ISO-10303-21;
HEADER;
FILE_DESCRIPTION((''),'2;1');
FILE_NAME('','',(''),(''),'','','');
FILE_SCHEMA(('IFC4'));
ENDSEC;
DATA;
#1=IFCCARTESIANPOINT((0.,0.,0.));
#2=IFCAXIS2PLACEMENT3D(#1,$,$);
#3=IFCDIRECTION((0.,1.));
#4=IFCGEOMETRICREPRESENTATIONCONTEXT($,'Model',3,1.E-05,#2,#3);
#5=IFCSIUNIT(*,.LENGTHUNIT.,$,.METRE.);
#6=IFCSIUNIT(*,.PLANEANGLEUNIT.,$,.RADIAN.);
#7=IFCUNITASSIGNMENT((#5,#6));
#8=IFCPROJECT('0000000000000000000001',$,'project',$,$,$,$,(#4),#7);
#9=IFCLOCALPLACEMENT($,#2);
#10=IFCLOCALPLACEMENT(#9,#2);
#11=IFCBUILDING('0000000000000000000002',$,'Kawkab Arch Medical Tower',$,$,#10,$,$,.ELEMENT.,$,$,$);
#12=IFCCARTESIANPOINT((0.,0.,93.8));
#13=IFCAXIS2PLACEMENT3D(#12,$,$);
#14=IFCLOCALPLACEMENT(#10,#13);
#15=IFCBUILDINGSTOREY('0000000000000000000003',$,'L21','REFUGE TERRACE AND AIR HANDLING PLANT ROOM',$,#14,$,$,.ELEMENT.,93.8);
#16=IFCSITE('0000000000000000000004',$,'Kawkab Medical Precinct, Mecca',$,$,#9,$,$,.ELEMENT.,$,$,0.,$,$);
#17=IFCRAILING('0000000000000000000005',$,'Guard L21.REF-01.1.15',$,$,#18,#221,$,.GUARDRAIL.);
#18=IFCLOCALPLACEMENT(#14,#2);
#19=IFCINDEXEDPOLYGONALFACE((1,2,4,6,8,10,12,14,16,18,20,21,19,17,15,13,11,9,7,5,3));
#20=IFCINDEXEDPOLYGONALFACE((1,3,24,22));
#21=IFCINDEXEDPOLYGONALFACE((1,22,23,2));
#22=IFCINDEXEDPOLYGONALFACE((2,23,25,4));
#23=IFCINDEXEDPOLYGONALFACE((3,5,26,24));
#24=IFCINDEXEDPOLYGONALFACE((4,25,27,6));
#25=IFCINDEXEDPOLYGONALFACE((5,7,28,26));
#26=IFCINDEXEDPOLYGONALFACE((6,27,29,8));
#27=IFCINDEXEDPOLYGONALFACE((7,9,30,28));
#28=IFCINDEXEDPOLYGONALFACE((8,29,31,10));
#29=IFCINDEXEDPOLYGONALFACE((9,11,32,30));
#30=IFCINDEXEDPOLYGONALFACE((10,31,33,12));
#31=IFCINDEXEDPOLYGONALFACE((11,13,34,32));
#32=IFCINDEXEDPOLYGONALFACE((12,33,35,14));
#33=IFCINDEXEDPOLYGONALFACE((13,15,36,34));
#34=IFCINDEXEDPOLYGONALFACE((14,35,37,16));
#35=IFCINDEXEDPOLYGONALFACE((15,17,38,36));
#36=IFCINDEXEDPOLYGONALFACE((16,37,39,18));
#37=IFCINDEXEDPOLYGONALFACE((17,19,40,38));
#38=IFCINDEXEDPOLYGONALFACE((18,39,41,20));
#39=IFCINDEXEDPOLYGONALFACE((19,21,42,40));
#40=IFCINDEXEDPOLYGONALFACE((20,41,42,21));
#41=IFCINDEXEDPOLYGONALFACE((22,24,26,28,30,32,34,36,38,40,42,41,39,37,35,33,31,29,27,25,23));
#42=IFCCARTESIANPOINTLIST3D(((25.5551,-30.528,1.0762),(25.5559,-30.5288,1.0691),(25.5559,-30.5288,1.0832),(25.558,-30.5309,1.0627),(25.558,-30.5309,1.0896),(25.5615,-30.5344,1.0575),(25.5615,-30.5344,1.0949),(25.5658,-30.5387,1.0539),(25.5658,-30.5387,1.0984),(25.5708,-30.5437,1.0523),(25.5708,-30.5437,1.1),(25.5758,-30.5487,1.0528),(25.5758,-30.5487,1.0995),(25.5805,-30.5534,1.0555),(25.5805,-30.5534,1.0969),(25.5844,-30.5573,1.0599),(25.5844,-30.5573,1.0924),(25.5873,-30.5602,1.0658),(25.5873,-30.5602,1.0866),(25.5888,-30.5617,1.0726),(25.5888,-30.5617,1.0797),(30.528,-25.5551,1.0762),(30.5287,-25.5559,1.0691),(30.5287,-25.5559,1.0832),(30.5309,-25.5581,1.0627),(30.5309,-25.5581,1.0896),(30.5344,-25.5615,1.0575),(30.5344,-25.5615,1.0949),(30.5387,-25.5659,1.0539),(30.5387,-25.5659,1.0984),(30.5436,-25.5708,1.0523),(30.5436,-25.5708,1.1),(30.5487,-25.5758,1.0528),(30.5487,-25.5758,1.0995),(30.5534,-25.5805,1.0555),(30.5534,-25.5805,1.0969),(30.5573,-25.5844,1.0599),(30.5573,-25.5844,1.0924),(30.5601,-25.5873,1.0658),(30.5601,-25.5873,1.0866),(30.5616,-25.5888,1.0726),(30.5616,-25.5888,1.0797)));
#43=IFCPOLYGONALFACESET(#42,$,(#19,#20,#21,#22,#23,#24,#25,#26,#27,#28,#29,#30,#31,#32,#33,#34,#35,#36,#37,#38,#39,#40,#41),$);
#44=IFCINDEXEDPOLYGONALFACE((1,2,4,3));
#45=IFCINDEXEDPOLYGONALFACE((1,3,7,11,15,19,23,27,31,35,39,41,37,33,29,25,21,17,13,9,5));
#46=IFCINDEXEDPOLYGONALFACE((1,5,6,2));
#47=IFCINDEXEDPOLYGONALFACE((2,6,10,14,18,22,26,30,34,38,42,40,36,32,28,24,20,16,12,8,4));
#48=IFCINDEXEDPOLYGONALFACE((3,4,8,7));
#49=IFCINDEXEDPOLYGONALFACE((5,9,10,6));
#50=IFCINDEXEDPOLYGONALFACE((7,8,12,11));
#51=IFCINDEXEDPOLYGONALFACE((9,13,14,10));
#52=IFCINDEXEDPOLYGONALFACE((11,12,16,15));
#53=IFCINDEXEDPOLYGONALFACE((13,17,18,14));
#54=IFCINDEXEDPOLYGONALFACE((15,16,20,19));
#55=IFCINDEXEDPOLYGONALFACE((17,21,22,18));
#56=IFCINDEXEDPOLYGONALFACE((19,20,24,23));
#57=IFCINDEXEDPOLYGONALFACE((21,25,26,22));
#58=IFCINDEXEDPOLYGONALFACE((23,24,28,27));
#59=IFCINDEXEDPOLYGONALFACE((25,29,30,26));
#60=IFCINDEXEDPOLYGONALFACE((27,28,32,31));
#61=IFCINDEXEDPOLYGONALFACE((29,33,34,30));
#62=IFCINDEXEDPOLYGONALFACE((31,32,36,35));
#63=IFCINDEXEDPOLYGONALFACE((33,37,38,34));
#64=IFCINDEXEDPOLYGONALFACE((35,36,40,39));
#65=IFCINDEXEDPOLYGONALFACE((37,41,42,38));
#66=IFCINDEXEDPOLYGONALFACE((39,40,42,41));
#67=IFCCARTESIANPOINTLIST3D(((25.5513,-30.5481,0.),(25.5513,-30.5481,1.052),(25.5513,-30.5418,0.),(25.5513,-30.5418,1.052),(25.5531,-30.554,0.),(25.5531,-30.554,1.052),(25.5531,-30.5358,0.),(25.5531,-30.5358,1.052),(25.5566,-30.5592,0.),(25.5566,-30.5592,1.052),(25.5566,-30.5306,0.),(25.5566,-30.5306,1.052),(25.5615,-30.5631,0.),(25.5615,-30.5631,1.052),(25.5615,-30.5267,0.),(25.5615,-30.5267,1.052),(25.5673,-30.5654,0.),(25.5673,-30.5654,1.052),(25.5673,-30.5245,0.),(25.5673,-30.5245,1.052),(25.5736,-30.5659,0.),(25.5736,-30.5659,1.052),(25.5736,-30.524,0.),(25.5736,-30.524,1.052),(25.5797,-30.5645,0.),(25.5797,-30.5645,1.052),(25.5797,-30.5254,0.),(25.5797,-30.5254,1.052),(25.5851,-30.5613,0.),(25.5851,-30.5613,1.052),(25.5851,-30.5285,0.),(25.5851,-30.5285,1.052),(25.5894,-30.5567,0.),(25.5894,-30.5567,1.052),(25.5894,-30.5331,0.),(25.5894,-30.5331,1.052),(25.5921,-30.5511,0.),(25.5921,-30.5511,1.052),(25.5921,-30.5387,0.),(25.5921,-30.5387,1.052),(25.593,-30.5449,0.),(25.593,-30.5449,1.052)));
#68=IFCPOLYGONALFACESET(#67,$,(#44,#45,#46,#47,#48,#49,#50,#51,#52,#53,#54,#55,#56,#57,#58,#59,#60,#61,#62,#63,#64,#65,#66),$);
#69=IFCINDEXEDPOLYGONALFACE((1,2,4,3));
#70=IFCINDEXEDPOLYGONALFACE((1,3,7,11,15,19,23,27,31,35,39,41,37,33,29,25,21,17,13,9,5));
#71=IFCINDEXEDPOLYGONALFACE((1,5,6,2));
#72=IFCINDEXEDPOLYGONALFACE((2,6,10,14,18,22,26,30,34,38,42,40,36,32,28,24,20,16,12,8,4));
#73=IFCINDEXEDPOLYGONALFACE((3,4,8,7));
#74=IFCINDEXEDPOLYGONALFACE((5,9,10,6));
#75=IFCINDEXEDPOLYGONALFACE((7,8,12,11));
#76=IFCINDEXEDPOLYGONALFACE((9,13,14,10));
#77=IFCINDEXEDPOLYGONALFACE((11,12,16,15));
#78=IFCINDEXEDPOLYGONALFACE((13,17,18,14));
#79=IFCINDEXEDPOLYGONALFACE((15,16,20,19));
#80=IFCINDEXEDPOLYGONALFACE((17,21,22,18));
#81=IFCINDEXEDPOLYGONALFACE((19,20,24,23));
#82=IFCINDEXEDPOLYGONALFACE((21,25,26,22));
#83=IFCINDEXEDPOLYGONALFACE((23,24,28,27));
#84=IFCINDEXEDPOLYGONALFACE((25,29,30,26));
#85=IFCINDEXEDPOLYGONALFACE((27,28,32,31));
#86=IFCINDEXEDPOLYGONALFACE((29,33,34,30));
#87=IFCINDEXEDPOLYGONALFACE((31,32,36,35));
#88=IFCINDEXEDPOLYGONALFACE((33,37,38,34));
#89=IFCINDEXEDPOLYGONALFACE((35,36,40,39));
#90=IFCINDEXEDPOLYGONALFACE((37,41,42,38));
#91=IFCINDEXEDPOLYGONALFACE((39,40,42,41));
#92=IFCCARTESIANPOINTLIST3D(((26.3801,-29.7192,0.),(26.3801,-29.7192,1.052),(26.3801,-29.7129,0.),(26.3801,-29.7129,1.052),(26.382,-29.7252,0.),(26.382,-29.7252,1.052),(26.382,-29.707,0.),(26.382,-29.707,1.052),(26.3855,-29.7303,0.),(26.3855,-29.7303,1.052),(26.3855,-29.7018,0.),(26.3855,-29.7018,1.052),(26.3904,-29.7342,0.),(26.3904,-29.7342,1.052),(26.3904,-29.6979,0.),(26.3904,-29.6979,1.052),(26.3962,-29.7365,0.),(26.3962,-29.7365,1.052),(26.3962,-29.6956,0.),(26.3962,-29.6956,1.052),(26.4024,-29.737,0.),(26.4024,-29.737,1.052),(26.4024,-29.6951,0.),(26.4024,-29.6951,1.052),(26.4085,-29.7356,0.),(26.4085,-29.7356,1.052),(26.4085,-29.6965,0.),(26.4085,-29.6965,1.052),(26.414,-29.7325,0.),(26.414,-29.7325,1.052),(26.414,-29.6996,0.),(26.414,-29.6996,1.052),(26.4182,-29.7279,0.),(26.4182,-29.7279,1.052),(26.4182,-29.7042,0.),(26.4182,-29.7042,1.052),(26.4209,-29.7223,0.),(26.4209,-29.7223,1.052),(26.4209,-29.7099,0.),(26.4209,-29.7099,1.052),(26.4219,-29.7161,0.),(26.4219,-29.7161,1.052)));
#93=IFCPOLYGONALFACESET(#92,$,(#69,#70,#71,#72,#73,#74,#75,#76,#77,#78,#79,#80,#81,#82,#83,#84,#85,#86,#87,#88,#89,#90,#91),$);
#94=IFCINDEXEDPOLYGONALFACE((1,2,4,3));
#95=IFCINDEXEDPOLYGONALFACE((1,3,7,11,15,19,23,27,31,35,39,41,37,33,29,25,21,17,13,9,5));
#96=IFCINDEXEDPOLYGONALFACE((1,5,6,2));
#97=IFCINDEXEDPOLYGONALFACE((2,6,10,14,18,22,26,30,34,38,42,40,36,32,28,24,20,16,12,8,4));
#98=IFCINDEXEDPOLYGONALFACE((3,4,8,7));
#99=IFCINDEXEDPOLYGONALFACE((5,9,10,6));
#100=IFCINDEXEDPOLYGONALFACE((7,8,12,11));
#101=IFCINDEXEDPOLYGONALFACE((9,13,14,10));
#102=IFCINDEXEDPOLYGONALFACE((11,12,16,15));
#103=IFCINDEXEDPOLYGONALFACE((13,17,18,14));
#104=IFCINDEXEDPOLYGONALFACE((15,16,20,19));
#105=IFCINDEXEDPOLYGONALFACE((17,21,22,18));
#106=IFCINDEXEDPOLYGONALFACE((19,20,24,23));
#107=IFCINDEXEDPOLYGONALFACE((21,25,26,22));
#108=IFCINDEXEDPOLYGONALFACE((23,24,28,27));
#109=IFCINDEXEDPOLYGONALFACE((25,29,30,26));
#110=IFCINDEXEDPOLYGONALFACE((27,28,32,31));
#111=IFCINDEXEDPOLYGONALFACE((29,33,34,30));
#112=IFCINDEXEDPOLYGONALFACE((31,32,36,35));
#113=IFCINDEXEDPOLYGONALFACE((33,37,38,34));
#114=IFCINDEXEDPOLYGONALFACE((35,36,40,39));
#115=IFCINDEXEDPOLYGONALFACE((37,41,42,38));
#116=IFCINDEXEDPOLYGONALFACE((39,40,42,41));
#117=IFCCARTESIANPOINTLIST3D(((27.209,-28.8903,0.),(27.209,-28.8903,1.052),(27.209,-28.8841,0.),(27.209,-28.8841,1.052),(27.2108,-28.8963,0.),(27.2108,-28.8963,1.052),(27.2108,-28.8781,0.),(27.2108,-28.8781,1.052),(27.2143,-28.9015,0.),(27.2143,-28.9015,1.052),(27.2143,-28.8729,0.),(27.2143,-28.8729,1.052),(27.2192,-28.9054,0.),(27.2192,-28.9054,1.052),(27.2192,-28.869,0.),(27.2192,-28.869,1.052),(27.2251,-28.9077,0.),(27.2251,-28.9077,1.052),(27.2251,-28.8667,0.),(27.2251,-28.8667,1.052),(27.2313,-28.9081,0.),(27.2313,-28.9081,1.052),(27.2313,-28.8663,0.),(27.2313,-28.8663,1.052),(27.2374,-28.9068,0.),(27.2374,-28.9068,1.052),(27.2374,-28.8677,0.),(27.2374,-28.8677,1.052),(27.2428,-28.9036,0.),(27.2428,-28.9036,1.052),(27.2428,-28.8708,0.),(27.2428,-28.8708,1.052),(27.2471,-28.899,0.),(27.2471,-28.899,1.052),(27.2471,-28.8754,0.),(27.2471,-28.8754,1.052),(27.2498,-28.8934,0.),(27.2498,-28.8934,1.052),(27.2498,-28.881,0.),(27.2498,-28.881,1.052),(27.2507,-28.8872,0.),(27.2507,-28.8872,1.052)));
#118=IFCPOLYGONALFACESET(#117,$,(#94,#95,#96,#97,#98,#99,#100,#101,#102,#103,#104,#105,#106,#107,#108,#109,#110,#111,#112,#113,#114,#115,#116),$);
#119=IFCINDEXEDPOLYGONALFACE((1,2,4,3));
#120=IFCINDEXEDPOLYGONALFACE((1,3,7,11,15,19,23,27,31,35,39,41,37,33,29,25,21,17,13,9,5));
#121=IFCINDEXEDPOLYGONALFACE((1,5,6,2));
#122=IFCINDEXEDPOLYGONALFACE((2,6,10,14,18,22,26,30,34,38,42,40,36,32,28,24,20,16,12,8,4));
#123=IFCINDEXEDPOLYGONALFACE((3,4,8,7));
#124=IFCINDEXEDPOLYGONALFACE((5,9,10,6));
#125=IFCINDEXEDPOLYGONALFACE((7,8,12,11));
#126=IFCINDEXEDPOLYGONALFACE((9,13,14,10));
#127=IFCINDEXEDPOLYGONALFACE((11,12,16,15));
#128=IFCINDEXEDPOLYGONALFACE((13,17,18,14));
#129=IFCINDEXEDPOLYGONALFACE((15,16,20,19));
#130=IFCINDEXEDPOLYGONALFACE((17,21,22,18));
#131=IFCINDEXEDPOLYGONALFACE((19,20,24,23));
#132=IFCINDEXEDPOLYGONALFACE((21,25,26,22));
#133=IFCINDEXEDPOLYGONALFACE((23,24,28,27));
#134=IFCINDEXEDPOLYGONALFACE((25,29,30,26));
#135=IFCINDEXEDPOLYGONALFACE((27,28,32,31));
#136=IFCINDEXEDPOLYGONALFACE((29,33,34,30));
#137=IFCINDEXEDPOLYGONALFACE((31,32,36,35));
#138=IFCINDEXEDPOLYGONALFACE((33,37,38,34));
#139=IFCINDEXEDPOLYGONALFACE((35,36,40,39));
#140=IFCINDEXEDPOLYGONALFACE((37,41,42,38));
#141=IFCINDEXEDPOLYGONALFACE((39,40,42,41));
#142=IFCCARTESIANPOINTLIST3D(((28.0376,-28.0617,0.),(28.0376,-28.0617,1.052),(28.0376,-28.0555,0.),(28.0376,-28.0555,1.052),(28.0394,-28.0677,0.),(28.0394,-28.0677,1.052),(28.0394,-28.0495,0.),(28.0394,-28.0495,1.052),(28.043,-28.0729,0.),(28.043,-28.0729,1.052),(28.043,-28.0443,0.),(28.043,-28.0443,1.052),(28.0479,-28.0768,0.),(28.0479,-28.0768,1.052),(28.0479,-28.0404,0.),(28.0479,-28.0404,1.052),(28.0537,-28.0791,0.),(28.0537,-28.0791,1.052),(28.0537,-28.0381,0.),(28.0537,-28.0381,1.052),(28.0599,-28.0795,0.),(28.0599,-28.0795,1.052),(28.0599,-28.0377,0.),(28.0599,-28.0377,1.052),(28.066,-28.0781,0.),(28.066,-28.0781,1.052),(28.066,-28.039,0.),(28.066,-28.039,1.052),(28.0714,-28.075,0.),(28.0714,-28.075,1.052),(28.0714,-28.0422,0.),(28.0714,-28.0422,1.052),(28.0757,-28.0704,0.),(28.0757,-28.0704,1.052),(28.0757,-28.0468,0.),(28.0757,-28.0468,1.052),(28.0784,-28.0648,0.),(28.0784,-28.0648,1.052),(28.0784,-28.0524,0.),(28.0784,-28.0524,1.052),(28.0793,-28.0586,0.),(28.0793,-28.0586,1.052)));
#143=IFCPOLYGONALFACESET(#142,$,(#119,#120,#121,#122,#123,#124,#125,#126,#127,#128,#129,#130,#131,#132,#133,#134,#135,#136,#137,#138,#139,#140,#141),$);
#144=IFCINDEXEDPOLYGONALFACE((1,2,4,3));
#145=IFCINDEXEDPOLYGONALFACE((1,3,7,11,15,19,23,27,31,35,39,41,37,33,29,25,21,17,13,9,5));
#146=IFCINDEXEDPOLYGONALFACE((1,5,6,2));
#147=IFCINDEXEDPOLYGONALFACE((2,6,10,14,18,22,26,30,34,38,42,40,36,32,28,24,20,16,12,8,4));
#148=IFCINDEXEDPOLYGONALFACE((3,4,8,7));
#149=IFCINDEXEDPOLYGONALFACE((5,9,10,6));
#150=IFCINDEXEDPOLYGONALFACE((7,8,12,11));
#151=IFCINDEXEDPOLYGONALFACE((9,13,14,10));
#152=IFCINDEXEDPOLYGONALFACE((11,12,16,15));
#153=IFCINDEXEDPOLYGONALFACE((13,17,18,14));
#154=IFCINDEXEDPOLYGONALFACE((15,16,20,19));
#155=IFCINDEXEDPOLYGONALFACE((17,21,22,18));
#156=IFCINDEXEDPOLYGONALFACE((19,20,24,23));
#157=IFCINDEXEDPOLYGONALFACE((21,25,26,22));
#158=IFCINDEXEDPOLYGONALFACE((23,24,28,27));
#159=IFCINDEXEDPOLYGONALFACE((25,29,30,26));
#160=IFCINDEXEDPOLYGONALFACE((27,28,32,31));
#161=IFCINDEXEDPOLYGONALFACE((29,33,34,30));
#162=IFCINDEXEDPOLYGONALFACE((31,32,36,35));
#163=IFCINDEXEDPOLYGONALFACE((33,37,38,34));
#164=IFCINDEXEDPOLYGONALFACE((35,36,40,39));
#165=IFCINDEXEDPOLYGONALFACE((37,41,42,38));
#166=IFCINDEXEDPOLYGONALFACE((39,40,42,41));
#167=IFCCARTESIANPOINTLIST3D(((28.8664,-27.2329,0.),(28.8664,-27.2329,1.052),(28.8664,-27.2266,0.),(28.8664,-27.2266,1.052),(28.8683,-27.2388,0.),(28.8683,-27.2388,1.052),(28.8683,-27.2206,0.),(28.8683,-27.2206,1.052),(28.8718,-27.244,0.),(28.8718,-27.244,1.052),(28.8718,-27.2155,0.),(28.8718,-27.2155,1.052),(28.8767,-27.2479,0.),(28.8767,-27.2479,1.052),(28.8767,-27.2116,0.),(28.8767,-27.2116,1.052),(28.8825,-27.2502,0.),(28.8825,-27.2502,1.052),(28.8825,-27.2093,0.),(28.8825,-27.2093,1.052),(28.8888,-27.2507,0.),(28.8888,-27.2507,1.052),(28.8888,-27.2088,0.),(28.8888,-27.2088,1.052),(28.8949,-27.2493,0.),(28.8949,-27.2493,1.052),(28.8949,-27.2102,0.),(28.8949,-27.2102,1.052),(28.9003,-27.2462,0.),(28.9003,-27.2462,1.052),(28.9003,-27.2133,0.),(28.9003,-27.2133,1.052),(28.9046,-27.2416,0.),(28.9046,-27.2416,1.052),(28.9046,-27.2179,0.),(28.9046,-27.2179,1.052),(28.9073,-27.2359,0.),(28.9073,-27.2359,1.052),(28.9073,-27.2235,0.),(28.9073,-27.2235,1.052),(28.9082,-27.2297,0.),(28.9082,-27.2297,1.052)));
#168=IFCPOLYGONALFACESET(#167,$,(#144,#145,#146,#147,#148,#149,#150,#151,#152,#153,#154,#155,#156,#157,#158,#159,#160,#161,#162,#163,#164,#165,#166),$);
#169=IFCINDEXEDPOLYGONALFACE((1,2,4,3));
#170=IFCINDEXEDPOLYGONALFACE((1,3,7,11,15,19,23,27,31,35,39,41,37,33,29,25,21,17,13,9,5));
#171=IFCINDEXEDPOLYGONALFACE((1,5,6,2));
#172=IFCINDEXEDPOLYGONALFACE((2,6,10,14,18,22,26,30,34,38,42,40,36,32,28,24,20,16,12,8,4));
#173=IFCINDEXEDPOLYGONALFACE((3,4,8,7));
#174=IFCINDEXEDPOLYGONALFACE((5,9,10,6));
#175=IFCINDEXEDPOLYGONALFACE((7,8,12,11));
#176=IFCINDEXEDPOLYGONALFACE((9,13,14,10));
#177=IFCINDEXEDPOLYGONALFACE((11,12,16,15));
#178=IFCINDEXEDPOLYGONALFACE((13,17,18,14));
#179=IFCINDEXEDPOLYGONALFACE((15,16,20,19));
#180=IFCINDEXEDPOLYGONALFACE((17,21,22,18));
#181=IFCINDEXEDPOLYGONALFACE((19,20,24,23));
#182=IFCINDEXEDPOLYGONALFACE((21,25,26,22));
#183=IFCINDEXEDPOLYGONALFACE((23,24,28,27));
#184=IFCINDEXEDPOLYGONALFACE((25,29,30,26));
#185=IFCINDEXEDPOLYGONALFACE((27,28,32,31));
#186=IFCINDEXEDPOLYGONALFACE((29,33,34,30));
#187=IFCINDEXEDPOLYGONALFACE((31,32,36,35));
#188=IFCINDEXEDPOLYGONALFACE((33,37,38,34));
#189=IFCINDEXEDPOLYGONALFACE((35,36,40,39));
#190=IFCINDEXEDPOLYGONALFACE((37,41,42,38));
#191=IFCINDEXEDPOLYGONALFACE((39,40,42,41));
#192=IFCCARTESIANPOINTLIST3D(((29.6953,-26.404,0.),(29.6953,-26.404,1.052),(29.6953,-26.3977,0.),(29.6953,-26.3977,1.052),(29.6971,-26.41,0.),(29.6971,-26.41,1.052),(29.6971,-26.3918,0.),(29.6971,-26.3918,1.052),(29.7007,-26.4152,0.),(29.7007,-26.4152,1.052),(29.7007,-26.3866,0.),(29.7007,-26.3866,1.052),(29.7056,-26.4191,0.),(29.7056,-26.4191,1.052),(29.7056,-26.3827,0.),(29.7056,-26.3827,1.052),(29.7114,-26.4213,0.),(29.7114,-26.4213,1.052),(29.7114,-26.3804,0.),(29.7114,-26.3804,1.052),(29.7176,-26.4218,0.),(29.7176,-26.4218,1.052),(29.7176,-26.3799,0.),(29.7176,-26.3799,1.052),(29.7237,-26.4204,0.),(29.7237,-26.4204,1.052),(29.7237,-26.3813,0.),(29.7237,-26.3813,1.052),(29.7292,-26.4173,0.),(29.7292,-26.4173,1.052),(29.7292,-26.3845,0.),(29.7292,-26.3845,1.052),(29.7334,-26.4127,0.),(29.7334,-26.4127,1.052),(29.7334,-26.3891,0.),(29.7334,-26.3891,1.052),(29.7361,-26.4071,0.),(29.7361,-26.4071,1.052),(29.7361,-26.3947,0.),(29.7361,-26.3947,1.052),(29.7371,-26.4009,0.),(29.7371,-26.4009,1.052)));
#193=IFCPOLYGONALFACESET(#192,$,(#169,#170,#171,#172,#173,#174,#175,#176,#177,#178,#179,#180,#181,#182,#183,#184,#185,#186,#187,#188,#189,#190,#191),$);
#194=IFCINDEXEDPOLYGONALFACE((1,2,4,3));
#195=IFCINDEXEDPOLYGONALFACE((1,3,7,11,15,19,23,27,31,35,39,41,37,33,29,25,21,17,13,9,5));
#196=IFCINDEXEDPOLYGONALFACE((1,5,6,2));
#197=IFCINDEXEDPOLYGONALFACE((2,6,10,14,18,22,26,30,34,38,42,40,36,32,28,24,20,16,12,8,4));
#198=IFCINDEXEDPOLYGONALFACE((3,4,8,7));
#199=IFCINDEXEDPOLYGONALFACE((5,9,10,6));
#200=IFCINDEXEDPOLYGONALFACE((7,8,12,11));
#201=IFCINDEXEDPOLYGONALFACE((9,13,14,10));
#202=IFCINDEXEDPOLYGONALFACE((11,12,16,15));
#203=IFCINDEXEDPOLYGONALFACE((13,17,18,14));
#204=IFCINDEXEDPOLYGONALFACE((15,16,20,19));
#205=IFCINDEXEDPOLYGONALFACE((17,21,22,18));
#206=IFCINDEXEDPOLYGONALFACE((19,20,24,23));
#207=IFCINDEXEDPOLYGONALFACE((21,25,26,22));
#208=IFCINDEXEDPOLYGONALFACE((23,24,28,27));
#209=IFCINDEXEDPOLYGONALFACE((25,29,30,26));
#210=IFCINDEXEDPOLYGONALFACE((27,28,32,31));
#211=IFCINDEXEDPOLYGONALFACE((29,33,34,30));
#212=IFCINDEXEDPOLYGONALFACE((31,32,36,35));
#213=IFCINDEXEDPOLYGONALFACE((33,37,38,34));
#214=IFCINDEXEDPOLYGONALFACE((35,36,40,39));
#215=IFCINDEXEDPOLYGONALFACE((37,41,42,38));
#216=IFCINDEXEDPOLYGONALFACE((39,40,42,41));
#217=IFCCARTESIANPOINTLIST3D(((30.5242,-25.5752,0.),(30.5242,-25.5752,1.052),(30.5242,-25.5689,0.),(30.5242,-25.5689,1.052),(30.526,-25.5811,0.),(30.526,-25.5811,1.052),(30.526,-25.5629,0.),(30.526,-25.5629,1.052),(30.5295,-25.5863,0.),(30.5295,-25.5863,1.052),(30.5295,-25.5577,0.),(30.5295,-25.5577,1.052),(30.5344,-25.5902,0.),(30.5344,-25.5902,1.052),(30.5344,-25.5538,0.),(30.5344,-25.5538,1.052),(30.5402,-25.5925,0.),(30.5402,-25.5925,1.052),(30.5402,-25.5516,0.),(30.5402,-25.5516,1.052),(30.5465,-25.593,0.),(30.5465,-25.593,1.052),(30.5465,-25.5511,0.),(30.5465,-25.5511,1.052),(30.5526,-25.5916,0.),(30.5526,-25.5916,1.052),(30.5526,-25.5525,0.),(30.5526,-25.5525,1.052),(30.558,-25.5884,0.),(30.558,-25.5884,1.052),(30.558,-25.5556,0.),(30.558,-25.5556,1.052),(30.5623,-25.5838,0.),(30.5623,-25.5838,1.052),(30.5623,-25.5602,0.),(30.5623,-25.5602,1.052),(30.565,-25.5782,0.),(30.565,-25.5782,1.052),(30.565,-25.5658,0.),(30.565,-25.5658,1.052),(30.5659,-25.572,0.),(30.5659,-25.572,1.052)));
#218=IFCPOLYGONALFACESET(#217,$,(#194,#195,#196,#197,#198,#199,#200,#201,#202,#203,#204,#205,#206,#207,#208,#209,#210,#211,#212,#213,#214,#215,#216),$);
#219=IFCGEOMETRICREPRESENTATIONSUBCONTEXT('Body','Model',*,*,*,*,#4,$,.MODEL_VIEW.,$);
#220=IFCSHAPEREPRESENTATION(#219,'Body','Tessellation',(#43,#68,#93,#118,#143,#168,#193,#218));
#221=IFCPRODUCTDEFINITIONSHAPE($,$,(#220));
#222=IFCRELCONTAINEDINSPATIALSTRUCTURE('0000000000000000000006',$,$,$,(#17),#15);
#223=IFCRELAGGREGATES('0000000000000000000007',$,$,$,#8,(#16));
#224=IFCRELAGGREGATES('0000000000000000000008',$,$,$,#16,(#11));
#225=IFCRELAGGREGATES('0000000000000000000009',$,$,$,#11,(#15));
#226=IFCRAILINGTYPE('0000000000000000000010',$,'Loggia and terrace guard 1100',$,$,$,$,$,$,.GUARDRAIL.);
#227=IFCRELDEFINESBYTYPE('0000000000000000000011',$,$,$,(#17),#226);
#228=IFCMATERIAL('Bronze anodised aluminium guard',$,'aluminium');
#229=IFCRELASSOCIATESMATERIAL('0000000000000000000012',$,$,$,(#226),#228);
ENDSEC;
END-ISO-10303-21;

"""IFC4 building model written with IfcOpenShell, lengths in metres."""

from ifc_helpers import new_model, si_unit, direction, frame, origin, origin_2d, place, context, subcontext, project, spatial, circle, extrude, material, type_object, element, save


model = new_model("IFC4")

# Units and contexts
model_context = context("Model", 3, precision=1e-05, world=origin(), true_north=direction((0.0, 1.0)))
body_context = subcontext(model_context, "Body", "Model", "MODEL_VIEW")
ifc_project = project(units=[si_unit("LENGTHUNIT", "METRE"), si_unit("PLANEANGLEUNIT", "RADIAN")], contexts=[model_context])

# Site, building, storey
site_placement = place(None, origin())
site = spatial("IfcSite", under=ifc_project, at=site_placement, Name="Kawkab Medical Precinct, Mecca", CompositionType="ELEMENT", RefElevation=0.0)
building_placement = place(site_placement, origin())
building = spatial("IfcBuilding", under=site, at=building_placement, Name="Kawkab Arch Medical Tower", CompositionType="ELEMENT")
storey_placement = place(building_placement, frame((0.0, 0.0, 93.8)))
storey = spatial("IfcBuildingStorey", under=building, at=storey_placement, Name="L21", Description="REFUGE TERRACE AND AIR HANDLING PLANT ROOM", CompositionType="ELEMENT", Elevation=93.8)

# Railing
ifc_material_1 = material(Name="Bronze anodised aluminium guard", Category="aluminium")
railing_type = type_object("IfcRailingType", Name="Loggia and terrace guard 1100", PredefinedType="GUARDRAIL", material=ifc_material_1)
railing_placement = place(storey_placement, frame((25.572, -30.5449, 0.0)))
element("IfcRailing", 1, at=railing_placement, inside=storey, type_object=railing_type, Name="Guard L21.REF-01.1.15", PredefinedType="GUARDRAIL", context=body_context, shape_type="SweptSolid", body=[
    extrude(circle(Radius=0.0239, at=origin_2d()), frame((0.0, 0.0, 1.0762), z_axis=(0.707107, 0.707107, 0.0), x_axis=(-0.707107, 0.707107, 0.0)), (0.0, 0.0, 1.0), 7.0327),
    extrude(circle(Radius=0.021, at=origin_2d()), origin(), (0.0, 0.0, 1.0), 1.052),
    extrude(circle(Radius=0.021, at=origin_2d()), frame((0.8289, 0.8289, 0.0)), (0.0, 0.0, 1.0), 1.052),
    extrude(circle(Radius=0.021, at=origin_2d()), frame((1.6577, 1.6577, 0.0)), (0.0, 0.0, 1.0), 1.052),
    extrude(circle(Radius=0.021, at=origin_2d()), frame((2.4863, 2.4863, 0.0)), (0.0, 0.0, 1.0), 1.052),
    extrude(circle(Radius=0.021, at=origin_2d()), frame((3.3152, 3.3152, 0.0)), (0.0, 0.0, 1.0), 1.052),
    extrude(circle(Radius=0.021, at=origin_2d()), frame((4.144, 4.144, 0.0)), (0.0, 0.0, 1.0), 1.052),
    extrude(circle(Radius=0.021, at=origin_2d()), frame((4.9729, 4.9729, 0.0)), (0.0, 0.0, 1.0), 1.052),
])

save(model, "model.ifc")
